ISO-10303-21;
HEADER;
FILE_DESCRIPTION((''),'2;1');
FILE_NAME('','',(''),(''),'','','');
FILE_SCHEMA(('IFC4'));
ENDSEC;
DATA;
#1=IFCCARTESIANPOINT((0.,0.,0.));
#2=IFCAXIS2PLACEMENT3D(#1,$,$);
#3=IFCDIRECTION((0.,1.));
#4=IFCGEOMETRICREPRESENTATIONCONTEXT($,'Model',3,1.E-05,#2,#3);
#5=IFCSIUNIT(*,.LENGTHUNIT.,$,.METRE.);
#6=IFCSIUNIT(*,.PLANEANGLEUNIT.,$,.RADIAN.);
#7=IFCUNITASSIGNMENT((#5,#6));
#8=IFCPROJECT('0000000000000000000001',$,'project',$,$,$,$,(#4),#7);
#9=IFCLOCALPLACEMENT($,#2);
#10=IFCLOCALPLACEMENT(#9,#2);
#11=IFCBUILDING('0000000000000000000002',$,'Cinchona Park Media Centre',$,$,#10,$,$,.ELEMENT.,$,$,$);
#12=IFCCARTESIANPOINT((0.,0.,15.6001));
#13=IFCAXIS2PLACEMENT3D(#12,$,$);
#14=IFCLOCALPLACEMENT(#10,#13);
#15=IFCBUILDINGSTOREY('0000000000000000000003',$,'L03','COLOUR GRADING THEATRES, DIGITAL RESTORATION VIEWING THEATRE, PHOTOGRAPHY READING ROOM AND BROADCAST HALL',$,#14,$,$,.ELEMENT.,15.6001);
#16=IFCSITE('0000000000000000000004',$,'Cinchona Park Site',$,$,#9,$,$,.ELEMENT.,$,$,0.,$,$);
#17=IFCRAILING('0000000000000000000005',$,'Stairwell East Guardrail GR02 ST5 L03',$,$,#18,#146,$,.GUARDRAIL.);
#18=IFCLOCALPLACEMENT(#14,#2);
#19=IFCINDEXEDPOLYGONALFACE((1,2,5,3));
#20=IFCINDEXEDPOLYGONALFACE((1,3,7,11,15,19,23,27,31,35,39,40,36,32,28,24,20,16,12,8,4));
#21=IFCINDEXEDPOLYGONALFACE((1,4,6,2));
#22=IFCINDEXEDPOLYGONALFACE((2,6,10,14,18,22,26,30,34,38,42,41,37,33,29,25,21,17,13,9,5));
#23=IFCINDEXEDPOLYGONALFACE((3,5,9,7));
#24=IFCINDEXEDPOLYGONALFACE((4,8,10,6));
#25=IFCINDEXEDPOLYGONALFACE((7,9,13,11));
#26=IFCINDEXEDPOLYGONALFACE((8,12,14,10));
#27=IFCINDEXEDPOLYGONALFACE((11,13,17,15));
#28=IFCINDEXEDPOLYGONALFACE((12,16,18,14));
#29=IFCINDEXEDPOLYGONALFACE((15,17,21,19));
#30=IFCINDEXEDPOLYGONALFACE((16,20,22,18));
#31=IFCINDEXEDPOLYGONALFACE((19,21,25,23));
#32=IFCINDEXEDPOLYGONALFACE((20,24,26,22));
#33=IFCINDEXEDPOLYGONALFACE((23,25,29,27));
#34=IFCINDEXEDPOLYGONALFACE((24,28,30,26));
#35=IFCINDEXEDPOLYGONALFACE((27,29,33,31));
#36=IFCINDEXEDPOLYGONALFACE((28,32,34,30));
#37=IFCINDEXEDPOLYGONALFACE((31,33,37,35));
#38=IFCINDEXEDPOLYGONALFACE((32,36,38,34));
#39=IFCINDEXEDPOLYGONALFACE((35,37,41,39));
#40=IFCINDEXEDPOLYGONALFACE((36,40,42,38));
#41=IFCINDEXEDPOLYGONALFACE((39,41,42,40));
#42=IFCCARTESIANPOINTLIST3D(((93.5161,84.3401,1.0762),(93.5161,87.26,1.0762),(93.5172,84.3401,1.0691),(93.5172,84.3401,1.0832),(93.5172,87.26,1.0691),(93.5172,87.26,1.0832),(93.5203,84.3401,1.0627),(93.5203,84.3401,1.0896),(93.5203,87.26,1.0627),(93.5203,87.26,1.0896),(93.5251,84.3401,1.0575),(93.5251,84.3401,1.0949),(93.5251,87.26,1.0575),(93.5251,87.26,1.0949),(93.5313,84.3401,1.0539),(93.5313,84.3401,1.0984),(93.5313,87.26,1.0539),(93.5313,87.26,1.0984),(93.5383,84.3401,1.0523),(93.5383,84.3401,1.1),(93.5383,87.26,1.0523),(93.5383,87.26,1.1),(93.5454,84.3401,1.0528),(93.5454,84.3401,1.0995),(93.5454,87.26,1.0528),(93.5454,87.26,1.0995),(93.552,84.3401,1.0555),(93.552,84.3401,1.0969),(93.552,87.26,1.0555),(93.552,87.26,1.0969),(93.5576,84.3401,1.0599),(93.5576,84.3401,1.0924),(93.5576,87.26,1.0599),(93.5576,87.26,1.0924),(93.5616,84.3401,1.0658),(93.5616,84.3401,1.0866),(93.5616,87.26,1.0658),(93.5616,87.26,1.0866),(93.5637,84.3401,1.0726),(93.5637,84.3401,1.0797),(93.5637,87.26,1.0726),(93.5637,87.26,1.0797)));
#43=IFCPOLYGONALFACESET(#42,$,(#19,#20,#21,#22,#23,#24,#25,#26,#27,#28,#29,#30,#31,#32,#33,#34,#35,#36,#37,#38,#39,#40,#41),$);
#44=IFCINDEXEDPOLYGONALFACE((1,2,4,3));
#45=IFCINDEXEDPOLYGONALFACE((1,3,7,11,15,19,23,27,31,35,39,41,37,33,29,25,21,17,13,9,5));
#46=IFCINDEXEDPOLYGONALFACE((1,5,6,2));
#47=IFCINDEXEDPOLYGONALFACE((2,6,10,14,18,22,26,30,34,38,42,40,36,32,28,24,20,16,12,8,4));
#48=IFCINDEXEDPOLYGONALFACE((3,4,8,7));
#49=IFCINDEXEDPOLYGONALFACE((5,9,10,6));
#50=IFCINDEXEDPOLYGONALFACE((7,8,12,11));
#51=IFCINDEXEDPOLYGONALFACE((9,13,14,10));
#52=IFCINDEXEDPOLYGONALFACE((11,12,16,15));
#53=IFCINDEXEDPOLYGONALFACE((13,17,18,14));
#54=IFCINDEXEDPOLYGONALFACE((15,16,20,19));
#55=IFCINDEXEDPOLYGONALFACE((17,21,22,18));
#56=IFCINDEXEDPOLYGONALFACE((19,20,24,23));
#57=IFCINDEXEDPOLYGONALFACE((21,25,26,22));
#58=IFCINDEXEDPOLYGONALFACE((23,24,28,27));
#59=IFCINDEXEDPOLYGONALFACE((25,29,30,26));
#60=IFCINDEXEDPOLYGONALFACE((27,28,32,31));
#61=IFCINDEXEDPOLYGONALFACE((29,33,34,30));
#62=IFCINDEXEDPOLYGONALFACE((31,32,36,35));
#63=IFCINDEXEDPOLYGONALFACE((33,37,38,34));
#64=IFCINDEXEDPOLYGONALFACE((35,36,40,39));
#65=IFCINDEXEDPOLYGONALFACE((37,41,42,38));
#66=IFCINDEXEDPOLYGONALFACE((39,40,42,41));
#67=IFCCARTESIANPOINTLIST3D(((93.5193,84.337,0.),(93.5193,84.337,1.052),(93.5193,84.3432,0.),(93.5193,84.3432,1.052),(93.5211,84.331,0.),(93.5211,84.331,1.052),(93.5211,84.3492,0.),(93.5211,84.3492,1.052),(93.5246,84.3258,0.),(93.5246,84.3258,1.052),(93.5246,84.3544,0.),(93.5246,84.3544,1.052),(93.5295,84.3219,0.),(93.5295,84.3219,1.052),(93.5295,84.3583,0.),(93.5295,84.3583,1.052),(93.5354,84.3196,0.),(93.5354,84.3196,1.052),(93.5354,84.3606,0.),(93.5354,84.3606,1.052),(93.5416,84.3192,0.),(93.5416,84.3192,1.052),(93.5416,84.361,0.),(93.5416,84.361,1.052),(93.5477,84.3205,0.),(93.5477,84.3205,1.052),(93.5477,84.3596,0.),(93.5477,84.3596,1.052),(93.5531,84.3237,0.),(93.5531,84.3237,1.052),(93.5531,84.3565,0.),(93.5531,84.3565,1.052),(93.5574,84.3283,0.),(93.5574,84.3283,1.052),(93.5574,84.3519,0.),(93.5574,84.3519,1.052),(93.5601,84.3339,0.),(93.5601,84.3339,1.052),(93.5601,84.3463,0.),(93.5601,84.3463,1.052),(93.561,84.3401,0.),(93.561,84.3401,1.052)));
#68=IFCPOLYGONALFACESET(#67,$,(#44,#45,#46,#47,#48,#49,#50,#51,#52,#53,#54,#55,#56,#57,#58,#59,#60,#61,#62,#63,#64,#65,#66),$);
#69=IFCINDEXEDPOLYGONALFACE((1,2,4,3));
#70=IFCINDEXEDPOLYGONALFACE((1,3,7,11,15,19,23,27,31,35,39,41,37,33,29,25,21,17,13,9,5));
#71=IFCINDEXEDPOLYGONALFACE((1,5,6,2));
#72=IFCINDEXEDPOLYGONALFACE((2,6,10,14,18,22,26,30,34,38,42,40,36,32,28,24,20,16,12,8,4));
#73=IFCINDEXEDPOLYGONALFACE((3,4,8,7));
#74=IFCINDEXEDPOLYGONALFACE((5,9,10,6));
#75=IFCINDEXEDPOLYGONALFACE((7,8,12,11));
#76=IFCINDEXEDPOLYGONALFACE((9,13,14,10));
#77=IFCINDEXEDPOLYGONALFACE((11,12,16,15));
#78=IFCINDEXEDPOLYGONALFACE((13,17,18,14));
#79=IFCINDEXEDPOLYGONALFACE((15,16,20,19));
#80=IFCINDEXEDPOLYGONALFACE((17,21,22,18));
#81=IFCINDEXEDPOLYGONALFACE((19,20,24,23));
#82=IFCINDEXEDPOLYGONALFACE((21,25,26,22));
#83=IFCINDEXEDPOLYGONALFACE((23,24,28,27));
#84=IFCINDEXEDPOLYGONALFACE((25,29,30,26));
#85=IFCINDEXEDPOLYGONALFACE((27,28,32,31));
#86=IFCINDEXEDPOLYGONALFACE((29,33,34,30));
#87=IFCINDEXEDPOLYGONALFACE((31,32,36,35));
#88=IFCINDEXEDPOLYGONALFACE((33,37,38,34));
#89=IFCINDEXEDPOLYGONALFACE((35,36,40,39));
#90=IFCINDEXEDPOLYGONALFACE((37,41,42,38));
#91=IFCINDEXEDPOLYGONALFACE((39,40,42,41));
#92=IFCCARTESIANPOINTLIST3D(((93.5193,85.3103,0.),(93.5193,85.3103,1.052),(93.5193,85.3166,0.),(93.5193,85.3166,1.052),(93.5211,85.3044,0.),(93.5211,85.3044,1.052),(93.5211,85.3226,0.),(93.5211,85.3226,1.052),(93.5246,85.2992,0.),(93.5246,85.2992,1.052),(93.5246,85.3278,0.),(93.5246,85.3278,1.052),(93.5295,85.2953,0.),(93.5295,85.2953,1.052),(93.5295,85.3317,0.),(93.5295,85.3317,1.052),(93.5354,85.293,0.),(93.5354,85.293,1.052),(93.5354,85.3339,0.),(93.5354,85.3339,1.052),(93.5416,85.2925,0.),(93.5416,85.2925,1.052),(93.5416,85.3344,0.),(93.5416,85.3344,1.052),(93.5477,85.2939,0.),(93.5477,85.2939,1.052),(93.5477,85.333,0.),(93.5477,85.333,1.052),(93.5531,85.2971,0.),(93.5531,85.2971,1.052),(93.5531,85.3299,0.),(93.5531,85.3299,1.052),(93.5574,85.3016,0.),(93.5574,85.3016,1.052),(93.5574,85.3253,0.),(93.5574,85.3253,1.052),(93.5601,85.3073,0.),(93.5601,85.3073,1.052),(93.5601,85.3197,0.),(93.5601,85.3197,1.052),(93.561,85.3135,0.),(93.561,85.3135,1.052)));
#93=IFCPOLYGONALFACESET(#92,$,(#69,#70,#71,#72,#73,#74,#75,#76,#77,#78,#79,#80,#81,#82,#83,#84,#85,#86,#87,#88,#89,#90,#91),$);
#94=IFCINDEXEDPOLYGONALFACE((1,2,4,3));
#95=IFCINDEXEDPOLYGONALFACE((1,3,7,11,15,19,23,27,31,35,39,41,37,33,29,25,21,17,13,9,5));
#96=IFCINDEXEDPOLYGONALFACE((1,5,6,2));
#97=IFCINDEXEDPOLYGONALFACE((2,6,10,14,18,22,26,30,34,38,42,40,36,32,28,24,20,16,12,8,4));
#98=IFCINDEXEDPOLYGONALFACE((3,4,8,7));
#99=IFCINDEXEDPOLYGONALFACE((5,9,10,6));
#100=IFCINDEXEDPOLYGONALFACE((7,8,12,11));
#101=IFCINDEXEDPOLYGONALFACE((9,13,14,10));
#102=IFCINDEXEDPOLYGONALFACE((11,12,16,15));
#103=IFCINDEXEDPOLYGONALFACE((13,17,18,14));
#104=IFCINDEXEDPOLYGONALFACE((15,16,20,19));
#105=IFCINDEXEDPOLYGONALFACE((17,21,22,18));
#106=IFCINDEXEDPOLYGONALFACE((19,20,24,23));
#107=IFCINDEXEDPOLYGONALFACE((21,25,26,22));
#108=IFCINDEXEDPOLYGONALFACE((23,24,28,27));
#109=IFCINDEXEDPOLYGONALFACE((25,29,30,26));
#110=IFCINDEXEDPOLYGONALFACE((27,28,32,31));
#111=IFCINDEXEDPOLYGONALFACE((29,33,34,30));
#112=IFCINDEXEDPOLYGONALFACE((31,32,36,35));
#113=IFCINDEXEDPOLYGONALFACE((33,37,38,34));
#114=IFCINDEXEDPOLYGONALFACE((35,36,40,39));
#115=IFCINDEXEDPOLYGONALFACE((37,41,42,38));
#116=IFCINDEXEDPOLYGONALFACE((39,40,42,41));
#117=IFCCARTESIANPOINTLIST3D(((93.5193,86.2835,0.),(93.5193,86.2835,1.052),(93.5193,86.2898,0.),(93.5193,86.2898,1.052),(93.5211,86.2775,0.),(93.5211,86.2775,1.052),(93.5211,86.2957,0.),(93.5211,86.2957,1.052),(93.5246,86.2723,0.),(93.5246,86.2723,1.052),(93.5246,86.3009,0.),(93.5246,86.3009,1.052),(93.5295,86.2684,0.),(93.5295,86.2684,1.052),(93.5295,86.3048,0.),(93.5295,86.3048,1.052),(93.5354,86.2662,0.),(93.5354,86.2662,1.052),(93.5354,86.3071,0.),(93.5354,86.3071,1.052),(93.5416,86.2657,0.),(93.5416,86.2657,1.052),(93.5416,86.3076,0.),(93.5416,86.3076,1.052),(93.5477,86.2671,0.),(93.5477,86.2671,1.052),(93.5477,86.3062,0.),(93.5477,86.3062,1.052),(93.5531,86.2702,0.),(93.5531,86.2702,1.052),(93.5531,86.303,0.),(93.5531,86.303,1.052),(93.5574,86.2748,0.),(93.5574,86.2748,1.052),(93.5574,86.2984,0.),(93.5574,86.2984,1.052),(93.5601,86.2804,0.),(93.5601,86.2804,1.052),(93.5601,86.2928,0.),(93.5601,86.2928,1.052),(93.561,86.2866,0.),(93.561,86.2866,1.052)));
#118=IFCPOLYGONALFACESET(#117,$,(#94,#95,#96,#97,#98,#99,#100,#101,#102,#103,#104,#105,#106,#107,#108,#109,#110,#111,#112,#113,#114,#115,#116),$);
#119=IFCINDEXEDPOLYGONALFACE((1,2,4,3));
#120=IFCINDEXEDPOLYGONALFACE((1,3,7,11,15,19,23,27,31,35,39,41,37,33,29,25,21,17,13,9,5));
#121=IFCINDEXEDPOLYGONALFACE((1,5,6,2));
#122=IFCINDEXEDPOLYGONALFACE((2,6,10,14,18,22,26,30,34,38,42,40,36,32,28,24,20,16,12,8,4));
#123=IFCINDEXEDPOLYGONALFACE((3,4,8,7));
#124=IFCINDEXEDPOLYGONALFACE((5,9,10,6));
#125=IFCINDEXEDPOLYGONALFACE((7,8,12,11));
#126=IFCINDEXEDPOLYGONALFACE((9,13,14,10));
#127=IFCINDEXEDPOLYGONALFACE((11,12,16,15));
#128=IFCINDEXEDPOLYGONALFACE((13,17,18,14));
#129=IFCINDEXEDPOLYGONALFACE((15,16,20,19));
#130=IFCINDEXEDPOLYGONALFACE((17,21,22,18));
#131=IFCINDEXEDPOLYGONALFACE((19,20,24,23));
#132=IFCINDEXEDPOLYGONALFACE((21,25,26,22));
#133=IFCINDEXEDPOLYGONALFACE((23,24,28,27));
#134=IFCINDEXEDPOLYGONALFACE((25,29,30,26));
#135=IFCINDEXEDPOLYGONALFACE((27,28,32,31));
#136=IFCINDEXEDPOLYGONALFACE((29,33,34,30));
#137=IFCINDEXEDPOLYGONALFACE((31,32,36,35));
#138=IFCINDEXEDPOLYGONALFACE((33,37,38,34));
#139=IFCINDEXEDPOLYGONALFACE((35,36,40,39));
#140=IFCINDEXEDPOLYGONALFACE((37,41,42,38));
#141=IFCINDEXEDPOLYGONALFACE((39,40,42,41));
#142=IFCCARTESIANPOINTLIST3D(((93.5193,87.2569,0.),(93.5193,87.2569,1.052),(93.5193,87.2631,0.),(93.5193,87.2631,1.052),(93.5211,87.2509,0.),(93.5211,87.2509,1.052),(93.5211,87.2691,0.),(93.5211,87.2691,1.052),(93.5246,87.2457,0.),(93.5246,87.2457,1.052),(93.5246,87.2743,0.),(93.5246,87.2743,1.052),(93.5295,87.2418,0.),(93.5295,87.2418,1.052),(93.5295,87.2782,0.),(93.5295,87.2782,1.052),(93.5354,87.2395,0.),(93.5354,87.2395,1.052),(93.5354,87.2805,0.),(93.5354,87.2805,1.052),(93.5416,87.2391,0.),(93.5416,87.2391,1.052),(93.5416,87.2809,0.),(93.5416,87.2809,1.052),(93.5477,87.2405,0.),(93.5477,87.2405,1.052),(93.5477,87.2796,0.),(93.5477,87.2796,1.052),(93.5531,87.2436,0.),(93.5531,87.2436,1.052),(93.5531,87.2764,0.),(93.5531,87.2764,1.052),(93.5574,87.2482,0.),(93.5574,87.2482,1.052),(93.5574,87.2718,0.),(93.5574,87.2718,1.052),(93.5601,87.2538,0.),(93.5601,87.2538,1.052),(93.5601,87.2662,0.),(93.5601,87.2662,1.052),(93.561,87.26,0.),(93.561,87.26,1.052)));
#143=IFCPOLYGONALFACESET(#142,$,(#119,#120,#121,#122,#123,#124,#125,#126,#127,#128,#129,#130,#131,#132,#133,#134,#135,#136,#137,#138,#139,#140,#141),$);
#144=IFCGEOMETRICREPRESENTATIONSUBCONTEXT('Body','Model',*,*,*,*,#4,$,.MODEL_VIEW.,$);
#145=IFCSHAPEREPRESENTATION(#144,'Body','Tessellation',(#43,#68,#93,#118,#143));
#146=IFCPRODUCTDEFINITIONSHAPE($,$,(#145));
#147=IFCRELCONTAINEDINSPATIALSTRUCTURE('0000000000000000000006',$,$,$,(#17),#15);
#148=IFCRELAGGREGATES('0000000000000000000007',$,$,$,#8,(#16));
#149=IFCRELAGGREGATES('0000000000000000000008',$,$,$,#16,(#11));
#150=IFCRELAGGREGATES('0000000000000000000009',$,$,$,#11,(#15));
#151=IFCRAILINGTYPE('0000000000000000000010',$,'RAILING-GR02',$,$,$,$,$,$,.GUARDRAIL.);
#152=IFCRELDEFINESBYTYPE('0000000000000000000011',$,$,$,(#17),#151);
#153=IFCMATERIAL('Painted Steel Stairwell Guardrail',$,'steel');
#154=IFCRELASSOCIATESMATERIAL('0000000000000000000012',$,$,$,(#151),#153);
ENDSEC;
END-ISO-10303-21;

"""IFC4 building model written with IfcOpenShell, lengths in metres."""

from ifc_helpers import new_model, si_unit, direction, frame, origin, origin_2d, place, context, subcontext, project, spatial, circle, extrude, material, type_object, element, save


model = new_model("IFC4")

# Units and contexts
model_context = context("Model", 3, precision=1e-05, world=origin(), true_north=direction((0.0, 1.0)))
body_context = subcontext(model_context, "Body", "Model", "MODEL_VIEW")
ifc_project = project(units=[si_unit("LENGTHUNIT", "METRE"), si_unit("PLANEANGLEUNIT", "RADIAN")], contexts=[model_context])

# Site, building, storey
site_placement = place(None, origin())
site = spatial("IfcSite", under=ifc_project, at=site_placement, Name="Cinchona Park Site", CompositionType="ELEMENT", RefElevation=0.0)
building_placement = place(site_placement, origin())
building = spatial("IfcBuilding", under=site, at=building_placement, Name="Cinchona Park Media Centre", CompositionType="ELEMENT")
storey_placement = place(building_placement, frame((0.0, 0.0, 15.6001)))
storey = spatial("IfcBuildingStorey", under=building, at=storey_placement, Name="L03", Description="COLOUR GRADING THEATRES, DIGITAL RESTORATION VIEWING THEATRE, PHOTOGRAPHY READING ROOM AND BROADCAST HALL", CompositionType="ELEMENT", Elevation=15.6001)

# Railing
ifc_material_1 = material(Name="Painted Steel Stairwell Guardrail", Category="steel")
railing_type_1 = type_object("IfcRailingType", Name="RAILING-GR02", PredefinedType="GUARDRAIL", material=ifc_material_1)
railing_1_placement = place(storey_placement, frame((93.54, 84.3401, 0.0)))
element("IfcRailing", 1, at=railing_1_placement, inside=storey, type_object=railing_type_1, Name="Stairwell East Guardrail GR02 ST5 L03", PredefinedType="GUARDRAIL", context=body_context, shape_type="SweptSolid", body=[
    extrude(circle(Radius=0.0239, at=origin_2d()), frame((0.0, 0.0, 1.0762), z_axis=(0.0, 1.0, 0.0), x_axis=(-1.0, 0.0, 0.0)), (0.0, 0.0, 1.0), 2.9199),
    extrude(circle(Radius=0.021, at=origin_2d()), origin(), (0.0, 0.0, 1.0), 1.052),
    extrude(circle(Radius=0.021, at=origin_2d()), frame((0.0, 0.9734, 0.0)), (0.0, 0.0, 1.0), 1.052),
    extrude(circle(Radius=0.021, at=origin_2d()), frame((0.0, 1.9465, 0.0)), (0.0, 0.0, 1.0), 1.052),
    extrude(circle(Radius=0.021, at=origin_2d()), frame((0.0, 2.9199, 0.0)), (0.0, 0.0, 1.0), 1.052),
])

save(model, "model.ifc")
